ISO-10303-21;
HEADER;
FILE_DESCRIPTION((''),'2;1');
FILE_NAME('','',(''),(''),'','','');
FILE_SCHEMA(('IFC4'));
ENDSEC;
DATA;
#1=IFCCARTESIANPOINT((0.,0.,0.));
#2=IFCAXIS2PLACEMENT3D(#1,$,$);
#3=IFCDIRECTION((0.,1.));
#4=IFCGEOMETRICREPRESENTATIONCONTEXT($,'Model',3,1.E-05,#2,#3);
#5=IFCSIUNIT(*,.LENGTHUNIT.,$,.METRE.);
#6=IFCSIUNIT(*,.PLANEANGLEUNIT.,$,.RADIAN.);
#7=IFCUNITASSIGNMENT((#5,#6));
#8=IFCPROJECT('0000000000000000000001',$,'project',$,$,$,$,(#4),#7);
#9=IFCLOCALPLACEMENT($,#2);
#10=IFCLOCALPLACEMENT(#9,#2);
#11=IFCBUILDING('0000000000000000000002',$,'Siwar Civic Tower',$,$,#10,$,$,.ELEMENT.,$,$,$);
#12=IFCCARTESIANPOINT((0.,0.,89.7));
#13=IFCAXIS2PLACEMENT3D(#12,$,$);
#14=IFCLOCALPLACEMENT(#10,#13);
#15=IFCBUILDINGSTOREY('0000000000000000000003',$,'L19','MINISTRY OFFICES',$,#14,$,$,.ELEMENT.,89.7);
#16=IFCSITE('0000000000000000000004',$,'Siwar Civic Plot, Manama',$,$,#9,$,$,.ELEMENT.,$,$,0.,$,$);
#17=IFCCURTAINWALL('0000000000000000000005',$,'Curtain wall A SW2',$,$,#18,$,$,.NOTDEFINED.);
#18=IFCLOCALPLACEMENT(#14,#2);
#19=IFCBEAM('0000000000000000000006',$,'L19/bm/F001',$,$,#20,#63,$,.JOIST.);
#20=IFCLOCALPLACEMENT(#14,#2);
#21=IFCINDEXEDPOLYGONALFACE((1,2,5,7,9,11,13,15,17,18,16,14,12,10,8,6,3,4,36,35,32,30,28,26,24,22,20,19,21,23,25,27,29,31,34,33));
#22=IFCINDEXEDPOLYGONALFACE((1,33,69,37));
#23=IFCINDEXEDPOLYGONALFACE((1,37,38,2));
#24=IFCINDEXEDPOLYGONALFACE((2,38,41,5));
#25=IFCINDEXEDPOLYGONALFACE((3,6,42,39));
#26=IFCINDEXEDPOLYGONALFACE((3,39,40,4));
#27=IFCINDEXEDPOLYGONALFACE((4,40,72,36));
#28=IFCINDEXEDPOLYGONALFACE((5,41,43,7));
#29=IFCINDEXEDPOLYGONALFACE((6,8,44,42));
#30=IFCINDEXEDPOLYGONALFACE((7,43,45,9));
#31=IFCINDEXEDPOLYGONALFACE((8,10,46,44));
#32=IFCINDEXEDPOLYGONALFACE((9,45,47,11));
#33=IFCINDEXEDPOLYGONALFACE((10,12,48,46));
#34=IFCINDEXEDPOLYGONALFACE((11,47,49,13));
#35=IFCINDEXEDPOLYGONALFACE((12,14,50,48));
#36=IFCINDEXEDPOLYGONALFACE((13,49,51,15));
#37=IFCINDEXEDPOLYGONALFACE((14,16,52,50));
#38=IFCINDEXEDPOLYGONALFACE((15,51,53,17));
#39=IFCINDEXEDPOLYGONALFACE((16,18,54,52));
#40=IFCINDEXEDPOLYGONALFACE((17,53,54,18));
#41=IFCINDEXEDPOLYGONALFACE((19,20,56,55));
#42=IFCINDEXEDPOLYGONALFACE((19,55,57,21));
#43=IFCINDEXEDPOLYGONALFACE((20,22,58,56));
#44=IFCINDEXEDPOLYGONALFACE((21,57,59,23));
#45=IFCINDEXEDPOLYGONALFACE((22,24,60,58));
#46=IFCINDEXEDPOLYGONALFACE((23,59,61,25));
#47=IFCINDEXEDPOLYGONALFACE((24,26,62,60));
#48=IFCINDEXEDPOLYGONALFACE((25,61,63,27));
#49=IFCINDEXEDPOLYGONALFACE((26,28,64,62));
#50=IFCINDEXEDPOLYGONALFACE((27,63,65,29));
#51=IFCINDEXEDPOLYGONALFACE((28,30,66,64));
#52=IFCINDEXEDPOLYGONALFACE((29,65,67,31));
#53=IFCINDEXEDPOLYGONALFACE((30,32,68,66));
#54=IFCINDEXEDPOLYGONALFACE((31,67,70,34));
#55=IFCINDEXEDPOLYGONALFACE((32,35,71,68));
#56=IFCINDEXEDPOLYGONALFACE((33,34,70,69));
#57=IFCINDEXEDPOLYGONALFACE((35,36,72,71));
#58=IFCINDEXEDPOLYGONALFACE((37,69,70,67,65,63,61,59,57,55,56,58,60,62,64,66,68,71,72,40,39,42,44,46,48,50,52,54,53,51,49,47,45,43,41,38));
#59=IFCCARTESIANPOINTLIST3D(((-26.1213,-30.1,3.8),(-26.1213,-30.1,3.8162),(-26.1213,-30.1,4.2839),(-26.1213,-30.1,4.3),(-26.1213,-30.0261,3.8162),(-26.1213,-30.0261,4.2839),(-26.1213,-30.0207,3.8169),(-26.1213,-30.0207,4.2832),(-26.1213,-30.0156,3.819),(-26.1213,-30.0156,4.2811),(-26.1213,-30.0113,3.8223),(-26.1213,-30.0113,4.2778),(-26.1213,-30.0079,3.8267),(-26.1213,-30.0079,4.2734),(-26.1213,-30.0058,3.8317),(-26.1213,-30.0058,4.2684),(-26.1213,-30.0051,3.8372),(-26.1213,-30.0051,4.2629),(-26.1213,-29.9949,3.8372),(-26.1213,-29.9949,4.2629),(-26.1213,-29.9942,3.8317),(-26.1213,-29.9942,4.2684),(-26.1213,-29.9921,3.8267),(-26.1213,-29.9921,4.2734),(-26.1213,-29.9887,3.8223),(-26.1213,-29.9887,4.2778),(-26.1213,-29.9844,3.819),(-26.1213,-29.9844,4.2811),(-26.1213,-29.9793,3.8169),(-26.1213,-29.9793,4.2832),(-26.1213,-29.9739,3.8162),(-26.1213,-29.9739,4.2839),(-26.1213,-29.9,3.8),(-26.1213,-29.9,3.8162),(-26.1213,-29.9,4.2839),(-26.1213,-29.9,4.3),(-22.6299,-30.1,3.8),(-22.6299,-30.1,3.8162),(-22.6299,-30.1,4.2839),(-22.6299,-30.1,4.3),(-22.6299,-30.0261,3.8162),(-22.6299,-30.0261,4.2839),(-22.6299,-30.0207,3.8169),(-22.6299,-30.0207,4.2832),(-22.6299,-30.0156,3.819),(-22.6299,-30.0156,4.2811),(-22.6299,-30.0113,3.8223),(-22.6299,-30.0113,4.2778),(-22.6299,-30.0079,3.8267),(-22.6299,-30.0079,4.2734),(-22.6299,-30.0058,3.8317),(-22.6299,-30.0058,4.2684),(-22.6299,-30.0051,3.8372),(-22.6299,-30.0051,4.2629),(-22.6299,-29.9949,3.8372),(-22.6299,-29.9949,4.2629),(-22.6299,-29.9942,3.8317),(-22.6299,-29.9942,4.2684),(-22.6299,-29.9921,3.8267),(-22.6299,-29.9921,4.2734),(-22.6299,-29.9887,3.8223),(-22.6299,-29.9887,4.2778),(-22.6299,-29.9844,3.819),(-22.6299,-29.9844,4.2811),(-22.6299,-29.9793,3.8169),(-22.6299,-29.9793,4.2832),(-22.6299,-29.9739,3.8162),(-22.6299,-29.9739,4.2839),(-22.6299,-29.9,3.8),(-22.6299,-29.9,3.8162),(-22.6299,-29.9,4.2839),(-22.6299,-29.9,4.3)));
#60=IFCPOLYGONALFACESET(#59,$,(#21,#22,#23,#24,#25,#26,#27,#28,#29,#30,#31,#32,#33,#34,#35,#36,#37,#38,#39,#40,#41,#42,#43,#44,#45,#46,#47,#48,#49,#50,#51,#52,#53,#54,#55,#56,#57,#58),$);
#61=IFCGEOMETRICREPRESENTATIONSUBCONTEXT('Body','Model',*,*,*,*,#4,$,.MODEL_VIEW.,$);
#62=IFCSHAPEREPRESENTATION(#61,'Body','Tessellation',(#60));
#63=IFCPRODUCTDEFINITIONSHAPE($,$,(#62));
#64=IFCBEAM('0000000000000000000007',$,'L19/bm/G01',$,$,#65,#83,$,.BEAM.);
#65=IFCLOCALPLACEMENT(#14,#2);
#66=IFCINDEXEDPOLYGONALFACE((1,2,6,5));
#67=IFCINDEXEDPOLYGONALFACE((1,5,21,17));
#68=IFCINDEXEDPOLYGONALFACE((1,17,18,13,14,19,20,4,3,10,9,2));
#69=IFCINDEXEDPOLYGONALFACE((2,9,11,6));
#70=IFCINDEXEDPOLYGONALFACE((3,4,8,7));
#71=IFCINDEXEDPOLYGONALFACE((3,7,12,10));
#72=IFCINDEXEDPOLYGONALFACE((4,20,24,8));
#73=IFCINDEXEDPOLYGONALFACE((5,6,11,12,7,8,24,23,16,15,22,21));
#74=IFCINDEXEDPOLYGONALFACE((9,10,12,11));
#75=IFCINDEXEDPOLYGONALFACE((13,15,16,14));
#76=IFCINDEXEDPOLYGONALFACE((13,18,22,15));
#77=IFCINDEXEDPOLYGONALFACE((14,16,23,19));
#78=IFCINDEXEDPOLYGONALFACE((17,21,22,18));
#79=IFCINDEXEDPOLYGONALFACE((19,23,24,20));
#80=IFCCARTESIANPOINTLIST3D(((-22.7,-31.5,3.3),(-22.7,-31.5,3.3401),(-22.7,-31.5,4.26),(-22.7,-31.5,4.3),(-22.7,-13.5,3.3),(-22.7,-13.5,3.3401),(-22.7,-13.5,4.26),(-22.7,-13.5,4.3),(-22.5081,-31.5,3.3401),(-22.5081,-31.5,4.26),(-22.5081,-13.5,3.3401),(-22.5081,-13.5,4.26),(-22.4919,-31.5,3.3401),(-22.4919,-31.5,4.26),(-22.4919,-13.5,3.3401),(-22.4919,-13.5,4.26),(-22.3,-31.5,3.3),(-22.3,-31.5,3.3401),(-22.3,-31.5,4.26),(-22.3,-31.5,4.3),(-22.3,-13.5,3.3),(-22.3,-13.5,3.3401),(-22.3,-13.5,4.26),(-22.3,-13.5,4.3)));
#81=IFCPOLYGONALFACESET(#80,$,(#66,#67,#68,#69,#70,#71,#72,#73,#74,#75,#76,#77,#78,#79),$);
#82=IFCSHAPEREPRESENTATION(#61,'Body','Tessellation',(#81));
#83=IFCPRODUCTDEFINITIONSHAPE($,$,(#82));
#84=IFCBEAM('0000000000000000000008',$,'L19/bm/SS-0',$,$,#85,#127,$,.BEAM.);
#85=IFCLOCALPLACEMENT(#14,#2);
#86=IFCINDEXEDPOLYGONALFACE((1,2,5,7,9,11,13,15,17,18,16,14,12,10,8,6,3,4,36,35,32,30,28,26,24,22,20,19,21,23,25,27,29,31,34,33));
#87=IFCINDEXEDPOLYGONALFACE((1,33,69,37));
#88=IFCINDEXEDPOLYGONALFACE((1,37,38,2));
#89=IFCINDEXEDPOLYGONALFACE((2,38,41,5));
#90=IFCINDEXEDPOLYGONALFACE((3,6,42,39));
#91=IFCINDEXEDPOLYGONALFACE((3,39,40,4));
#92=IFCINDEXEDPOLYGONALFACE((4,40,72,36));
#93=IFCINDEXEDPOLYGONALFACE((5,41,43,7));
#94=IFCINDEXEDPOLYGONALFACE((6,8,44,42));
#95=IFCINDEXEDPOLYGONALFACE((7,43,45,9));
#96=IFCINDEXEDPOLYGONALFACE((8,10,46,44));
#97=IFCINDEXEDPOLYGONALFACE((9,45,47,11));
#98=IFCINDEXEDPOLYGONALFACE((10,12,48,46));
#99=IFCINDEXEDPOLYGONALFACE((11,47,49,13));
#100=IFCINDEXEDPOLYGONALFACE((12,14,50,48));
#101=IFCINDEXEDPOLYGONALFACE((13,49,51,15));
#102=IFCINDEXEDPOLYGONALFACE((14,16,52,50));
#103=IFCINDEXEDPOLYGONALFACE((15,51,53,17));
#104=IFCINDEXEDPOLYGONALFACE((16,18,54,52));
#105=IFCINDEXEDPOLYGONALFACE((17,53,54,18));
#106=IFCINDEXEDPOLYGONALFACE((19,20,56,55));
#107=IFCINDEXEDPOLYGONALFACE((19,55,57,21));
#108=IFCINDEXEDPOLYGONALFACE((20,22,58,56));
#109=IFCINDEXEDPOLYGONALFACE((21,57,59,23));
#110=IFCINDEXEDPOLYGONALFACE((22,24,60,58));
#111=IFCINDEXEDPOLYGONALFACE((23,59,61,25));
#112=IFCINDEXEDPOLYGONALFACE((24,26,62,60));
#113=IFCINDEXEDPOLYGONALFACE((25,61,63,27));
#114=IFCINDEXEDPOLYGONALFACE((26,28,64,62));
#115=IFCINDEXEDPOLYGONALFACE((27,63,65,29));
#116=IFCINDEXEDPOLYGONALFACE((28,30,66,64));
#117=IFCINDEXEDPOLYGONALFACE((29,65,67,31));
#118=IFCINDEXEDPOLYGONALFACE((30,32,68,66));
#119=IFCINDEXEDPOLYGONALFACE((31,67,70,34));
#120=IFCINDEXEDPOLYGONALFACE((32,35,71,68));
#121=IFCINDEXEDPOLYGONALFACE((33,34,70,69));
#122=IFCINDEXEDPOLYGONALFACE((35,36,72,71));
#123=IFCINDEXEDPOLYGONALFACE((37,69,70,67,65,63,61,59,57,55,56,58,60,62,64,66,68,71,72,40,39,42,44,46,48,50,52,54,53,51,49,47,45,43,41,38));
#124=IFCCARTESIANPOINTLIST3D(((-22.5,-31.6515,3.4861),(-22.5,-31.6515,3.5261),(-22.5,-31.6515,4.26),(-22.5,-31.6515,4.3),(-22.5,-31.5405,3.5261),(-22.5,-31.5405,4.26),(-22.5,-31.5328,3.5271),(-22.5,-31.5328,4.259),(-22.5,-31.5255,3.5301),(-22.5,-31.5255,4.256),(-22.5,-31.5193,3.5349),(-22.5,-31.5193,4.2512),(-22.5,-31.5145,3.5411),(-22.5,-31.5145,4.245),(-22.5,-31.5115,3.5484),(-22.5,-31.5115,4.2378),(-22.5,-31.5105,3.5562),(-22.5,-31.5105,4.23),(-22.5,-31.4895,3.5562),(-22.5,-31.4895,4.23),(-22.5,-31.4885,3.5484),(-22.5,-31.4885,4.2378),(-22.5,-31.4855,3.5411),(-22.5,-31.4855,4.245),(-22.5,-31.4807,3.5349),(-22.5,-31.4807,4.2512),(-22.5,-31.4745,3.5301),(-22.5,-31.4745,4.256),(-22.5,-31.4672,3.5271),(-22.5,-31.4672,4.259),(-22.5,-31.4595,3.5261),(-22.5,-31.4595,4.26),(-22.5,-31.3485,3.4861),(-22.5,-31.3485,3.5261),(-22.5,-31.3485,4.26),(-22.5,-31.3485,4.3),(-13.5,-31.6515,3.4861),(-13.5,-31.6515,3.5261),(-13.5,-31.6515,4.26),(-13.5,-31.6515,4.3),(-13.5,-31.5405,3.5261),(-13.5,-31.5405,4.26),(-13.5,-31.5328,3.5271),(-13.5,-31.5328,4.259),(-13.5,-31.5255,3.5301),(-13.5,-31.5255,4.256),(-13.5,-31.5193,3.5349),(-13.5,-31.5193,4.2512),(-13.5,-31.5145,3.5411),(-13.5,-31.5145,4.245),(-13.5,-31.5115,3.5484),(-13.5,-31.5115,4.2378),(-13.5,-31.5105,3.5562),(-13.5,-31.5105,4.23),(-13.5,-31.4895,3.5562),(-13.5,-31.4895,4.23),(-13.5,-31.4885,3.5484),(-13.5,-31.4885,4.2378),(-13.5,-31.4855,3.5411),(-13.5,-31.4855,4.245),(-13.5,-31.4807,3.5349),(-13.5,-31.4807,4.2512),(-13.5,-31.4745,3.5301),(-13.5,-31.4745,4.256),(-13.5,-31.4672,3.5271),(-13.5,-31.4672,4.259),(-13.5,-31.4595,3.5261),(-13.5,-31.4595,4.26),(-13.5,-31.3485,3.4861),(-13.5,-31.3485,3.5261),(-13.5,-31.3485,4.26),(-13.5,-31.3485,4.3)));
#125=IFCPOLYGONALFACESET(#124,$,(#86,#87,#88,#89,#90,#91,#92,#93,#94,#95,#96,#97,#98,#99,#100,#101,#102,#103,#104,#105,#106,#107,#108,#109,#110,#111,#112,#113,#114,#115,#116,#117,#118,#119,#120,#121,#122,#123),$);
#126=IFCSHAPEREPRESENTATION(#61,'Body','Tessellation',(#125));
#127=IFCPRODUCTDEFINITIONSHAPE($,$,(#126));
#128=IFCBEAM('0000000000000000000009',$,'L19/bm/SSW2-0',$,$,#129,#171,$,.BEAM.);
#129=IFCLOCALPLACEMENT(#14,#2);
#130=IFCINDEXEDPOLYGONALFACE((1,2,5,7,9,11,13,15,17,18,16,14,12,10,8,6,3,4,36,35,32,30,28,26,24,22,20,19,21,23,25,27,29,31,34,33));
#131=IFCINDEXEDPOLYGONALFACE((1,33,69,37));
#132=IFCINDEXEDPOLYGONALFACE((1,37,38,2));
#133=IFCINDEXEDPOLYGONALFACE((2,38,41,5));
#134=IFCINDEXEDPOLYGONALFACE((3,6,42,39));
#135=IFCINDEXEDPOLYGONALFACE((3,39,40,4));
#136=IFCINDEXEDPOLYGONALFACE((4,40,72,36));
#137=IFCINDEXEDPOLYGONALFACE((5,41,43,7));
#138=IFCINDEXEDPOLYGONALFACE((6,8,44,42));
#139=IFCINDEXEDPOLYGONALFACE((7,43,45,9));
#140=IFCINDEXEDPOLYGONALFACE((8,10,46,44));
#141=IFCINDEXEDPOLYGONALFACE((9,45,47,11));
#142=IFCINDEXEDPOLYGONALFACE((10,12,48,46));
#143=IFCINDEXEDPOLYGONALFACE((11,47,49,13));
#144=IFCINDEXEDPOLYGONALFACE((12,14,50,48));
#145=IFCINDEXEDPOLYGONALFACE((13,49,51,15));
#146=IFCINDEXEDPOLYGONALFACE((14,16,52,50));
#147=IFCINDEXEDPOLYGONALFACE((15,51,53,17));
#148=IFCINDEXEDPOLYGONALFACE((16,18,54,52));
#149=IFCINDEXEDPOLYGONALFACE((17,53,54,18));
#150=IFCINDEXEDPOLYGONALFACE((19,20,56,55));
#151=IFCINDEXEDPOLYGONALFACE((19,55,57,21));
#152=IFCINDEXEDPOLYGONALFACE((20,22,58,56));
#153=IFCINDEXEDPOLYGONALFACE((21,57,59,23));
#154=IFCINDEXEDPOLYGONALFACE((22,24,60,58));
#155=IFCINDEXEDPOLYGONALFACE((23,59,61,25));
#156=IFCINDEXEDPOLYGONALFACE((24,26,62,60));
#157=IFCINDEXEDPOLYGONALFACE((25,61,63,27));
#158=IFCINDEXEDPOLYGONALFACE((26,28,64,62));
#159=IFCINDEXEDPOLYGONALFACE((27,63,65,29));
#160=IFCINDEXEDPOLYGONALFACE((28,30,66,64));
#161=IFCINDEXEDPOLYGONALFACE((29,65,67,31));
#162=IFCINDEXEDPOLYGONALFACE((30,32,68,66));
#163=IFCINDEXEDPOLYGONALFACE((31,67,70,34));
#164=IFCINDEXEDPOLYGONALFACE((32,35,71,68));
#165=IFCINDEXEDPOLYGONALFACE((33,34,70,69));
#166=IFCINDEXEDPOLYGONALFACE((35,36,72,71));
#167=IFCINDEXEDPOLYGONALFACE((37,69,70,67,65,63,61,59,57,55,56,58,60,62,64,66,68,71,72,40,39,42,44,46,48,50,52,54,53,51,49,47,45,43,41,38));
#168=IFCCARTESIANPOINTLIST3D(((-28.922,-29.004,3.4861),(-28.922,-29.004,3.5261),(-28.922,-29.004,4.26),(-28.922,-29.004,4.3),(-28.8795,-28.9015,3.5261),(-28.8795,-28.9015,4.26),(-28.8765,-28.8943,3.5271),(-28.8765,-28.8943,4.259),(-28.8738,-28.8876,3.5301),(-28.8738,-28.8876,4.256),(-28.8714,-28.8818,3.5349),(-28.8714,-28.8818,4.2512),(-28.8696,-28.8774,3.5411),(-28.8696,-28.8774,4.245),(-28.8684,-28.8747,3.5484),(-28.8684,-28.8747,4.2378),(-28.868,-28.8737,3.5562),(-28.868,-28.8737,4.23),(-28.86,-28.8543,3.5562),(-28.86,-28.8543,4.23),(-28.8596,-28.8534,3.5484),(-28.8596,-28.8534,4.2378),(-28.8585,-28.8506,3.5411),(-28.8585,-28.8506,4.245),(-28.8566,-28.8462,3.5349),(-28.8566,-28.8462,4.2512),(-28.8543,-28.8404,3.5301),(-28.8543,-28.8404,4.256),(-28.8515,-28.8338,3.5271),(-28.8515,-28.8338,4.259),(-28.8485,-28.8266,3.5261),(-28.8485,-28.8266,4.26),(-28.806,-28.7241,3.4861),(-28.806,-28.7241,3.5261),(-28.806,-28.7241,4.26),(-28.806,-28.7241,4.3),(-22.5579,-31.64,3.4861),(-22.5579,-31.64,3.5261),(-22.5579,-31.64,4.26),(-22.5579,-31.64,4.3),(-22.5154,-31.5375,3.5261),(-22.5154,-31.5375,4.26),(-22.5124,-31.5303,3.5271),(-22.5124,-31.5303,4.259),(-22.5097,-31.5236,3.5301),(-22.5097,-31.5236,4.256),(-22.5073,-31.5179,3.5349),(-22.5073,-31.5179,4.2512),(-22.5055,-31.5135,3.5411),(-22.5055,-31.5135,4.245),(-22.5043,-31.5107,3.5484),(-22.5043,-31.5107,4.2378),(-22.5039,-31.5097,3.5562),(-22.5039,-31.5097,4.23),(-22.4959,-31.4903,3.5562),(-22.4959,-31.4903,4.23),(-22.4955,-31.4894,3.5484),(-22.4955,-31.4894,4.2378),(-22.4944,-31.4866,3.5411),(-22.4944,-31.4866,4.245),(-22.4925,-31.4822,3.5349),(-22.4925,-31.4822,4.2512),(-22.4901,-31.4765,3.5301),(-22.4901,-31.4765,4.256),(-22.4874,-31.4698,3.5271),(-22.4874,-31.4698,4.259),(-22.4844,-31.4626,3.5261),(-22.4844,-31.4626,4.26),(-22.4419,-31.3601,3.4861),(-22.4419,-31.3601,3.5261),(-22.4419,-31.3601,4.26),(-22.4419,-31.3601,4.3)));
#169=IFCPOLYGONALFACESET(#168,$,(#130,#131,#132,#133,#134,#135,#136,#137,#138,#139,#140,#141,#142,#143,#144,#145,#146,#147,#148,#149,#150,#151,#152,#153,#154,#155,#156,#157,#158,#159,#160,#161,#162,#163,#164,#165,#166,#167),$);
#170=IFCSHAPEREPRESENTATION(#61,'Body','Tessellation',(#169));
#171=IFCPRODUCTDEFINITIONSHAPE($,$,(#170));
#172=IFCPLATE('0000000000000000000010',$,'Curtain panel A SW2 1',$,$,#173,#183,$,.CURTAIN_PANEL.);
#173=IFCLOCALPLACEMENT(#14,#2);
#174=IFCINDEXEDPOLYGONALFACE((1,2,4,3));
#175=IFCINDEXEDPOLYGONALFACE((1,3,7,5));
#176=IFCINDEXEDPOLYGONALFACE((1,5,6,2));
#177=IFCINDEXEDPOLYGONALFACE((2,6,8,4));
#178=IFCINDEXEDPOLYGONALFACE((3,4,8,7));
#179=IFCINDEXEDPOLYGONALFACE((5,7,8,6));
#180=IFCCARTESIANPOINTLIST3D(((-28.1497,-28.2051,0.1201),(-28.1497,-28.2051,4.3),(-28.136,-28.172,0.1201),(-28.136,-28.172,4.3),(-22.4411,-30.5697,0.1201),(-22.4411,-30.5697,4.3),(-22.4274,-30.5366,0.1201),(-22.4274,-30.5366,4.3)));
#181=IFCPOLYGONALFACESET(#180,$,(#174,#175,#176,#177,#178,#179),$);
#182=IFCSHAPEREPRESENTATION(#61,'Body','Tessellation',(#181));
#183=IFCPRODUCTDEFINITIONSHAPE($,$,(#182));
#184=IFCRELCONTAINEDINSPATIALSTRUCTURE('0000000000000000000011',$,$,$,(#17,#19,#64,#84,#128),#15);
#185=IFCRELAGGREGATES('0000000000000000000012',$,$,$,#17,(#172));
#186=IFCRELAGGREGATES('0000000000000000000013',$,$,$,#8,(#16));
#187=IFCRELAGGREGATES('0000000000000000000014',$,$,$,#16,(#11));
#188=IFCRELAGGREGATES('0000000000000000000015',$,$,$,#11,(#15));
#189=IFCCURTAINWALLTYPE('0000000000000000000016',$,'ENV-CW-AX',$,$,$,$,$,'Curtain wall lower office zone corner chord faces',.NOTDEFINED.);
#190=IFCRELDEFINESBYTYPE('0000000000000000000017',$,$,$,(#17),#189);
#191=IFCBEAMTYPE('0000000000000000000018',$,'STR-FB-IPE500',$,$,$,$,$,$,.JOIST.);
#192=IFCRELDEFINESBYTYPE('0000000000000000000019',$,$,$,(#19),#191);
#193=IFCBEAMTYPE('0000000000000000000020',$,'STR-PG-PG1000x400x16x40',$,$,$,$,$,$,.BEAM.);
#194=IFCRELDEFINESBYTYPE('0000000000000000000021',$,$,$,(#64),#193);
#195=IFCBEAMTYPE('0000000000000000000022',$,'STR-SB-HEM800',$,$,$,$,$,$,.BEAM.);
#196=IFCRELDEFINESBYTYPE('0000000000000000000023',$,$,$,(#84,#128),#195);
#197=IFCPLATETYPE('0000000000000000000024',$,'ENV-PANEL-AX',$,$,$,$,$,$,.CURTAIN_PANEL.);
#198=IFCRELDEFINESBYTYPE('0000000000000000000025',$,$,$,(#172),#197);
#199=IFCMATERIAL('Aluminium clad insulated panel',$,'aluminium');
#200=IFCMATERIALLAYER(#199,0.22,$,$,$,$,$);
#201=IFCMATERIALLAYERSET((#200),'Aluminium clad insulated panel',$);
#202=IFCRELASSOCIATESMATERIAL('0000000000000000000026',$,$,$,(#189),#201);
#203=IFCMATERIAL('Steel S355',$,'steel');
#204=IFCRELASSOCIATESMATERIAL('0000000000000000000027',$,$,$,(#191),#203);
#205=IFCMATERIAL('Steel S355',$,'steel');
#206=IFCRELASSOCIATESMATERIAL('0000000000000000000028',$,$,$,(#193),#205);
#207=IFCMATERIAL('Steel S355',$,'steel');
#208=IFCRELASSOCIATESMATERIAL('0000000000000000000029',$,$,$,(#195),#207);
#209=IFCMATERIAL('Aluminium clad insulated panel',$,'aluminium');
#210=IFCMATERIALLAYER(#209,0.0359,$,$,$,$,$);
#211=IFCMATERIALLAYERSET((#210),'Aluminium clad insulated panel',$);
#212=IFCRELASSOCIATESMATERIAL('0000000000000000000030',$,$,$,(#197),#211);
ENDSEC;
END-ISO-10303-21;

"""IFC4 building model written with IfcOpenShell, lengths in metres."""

from ifc_helpers import new_model, si_unit, direction, frame, origin, origin_2d, place, context, subcontext, project, spatial, rectangle, i_section, extrude, material, layer, layer_set, material_profile, profile_set, type_object, element, aggregate, save


model = new_model("IFC4")

# Units and contexts
model_context = context("Model", 3, precision=1e-05, world=origin(), true_north=direction((0.0, 1.0)))
body_context = subcontext(model_context, "Body", "Model", "MODEL_VIEW")
ifc_project = project(units=[si_unit("LENGTHUNIT", "METRE"), si_unit("PLANEANGLEUNIT", "RADIAN")], contexts=[model_context])

# Site, building, storey
site_placement = place(None, origin())
site = spatial("IfcSite", under=ifc_project, at=site_placement, Name="Siwar Civic Plot, Manama", CompositionType="ELEMENT", RefElevation=0.0)
building_placement = place(site_placement, origin())
building = spatial("IfcBuilding", under=site, at=building_placement, Name="Siwar Civic Tower", CompositionType="ELEMENT")
storey_placement = place(building_placement, frame((0.0, 0.0, 89.7)))
storey = spatial("IfcBuildingStorey", under=building, at=storey_placement, Name="L19", Description="MINISTRY OFFICES", CompositionType="ELEMENT", Elevation=89.7)

# Shared definitions
ifc_material_1 = material(Name="Aluminium clad insulated panel", Category="aluminium")
ifc_layer_1 = layer(ifc_material_1, 0.22)
ifc_layer_set_1 = layer_set([ifc_layer_1], Name="Aluminium clad insulated panel")
curtain_wall_type = type_object("IfcCurtainWallType", Name="ENV-CW-AX", ElementType="Curtain wall lower office zone corner chord faces", PredefinedType="NOTDEFINED", material=ifc_layer_set_1)

# Curtain wall
curtain_wall_1_placement = place(storey_placement, origin())
curtain_wall_1 = element("IfcCurtainWall", 1, at=curtain_wall_1_placement, inside=storey, type_object=curtain_wall_type, Name="Curtain wall A SW2", PredefinedType="NOTDEFINED")

# Beams
ifc_material_2 = material(Name="Steel S355", Category="steel")
ifc_material_profile_1 = material_profile(ifc_material_2, i_section(OverallWidth=0.2, OverallDepth=0.5, WebThickness=0.0103, FlangeThickness=0.0161, FilletRadius=0.021, at=origin_2d()), Name="IPE500")
ifc_profile_set_1 = profile_set([ifc_material_profile_1], Name="Steel S355")
beam_type_1 = type_object("IfcBeamType", Name="STR-FB-IPE500", PredefinedType="JOIST", material=ifc_profile_set_1)
beam_1_placement = place(storey_placement, frame((-26.1213, -30.0, 4.05), z_axis=(1.0, 0.0, 0.0), x_axis=(0.0, 1.0, 0.0)))
element("IfcBeam", 2, at=beam_1_placement, inside=storey, type_object=beam_type_1, Name="L19/bm/F001", PredefinedType="JOIST", context=body_context, shape_type="SweptSolid", body=[
    extrude(i_section(OverallWidth=0.2, OverallDepth=0.5, WebThickness=0.0103, FlangeThickness=0.0161, FilletRadius=0.021, at=origin_2d()), origin(), (0.0, 0.0, 1.0), 3.4915),
])
ifc_material_3 = material(Name="Steel S355", Category="steel")
ifc_material_profile_2 = material_profile(ifc_material_3, i_section(OverallWidth=0.3999, OverallDepth=1.0, WebThickness=0.0161, FlangeThickness=0.04, at=origin_2d()), Name="PG1000x400x16x40")
ifc_profile_set_2 = profile_set([ifc_material_profile_2], Name="Steel S355")
beam_type_2 = type_object("IfcBeamType", Name="STR-PG-PG1000x400x16x40", PredefinedType="BEAM", material=ifc_profile_set_2)
beam_2_placement = place(storey_placement, frame((-22.5, -31.5, 3.8), z_axis=(0.0, 1.0, 0.0), x_axis=(-1.0, 0.0, 0.0)))
element("IfcBeam", 3, at=beam_2_placement, inside=storey, type_object=beam_type_2, Name="L19/bm/G01", PredefinedType="BEAM", context=body_context, shape_type="SweptSolid", body=[
    extrude(i_section(OverallWidth=0.3999, OverallDepth=1.0, WebThickness=0.0161, FlangeThickness=0.04, at=origin_2d()), origin(), (0.0, 0.0, 1.0), 18.0),
])
ifc_material_4 = material(Name="Steel S355", Category="steel")
ifc_material_profile_3 = material_profile(ifc_material_4, i_section(OverallWidth=0.303, OverallDepth=0.814, WebThickness=0.021, FlangeThickness=0.04, FilletRadius=0.03, at=origin_2d()), Name="HEM800")
ifc_profile_set_3 = profile_set([ifc_material_profile_3], Name="Steel S355")
beam_type_3 = type_object("IfcBeamType", Name="STR-SB-HEM800", PredefinedType="BEAM", material=ifc_profile_set_3)
beam_3_placement = place(storey_placement, frame((-22.5, -31.5, 3.8931), z_axis=(1.0, 0.0, 0.0), x_axis=(0.0, 1.0, 0.0)))
element("IfcBeam", 4, at=beam_3_placement, inside=storey, type_object=beam_type_3, Name="L19/bm/SS-0", PredefinedType="BEAM", context=body_context, shape_type="SweptSolid", body=[
    extrude(i_section(OverallWidth=0.303, OverallDepth=0.814, WebThickness=0.021, FlangeThickness=0.04, FilletRadius=0.03, at=origin_2d()), origin(), (0.0, 0.0, 1.0), 9.0),
])
beam_4_placement = place(storey_placement, frame((-28.864, -28.864, 3.8931), z_axis=(0.923883, -0.382674, 0.0), x_axis=(0.382674, 0.923883, 0.0)))
element("IfcBeam", 5, at=beam_4_placement, inside=storey, type_object=beam_type_3, Name="L19/bm/SSW2-0", PredefinedType="BEAM", context=body_context, shape_type="SweptSolid", body=[
    extrude(i_section(OverallWidth=0.303, OverallDepth=0.814, WebThickness=0.021, FlangeThickness=0.04, FilletRadius=0.03, at=origin_2d()), origin(), (0.0, 0.0, 1.0), 6.8884),
])

# Plate
ifc_material_5 = material(Name="Aluminium clad insulated panel", Category="aluminium")
ifc_layer_2 = layer(ifc_material_5, 0.0359)
ifc_layer_set_2 = layer_set([ifc_layer_2], Name="Aluminium clad insulated panel")
plate_type = type_object("IfcPlateType", Name="ENV-PANEL-AX", PredefinedType="CURTAIN_PANEL", material=ifc_layer_set_2)
plate_placement = place(storey_placement, frame((-25.2886, -29.3708, 0.1201), z_axis=(0.0, 0.0, 1.0), x_axis=(0.92388, -0.382683, 0.0)))
plate = element("IfcPlate", 6, at=plate_placement, type_object=plate_type, Name="Curtain panel A SW2 1", PredefinedType="CURTAIN_PANEL", context=body_context, shape_type="SweptSolid", body=[
    extrude(rectangle(XDim=6.179, YDim=0.0359, at=origin_2d()), origin(), (0.0, 0.0, 1.0), 4.1799),
])
aggregate(curtain_wall_1, [plate])

save(model, "model.ifc")
